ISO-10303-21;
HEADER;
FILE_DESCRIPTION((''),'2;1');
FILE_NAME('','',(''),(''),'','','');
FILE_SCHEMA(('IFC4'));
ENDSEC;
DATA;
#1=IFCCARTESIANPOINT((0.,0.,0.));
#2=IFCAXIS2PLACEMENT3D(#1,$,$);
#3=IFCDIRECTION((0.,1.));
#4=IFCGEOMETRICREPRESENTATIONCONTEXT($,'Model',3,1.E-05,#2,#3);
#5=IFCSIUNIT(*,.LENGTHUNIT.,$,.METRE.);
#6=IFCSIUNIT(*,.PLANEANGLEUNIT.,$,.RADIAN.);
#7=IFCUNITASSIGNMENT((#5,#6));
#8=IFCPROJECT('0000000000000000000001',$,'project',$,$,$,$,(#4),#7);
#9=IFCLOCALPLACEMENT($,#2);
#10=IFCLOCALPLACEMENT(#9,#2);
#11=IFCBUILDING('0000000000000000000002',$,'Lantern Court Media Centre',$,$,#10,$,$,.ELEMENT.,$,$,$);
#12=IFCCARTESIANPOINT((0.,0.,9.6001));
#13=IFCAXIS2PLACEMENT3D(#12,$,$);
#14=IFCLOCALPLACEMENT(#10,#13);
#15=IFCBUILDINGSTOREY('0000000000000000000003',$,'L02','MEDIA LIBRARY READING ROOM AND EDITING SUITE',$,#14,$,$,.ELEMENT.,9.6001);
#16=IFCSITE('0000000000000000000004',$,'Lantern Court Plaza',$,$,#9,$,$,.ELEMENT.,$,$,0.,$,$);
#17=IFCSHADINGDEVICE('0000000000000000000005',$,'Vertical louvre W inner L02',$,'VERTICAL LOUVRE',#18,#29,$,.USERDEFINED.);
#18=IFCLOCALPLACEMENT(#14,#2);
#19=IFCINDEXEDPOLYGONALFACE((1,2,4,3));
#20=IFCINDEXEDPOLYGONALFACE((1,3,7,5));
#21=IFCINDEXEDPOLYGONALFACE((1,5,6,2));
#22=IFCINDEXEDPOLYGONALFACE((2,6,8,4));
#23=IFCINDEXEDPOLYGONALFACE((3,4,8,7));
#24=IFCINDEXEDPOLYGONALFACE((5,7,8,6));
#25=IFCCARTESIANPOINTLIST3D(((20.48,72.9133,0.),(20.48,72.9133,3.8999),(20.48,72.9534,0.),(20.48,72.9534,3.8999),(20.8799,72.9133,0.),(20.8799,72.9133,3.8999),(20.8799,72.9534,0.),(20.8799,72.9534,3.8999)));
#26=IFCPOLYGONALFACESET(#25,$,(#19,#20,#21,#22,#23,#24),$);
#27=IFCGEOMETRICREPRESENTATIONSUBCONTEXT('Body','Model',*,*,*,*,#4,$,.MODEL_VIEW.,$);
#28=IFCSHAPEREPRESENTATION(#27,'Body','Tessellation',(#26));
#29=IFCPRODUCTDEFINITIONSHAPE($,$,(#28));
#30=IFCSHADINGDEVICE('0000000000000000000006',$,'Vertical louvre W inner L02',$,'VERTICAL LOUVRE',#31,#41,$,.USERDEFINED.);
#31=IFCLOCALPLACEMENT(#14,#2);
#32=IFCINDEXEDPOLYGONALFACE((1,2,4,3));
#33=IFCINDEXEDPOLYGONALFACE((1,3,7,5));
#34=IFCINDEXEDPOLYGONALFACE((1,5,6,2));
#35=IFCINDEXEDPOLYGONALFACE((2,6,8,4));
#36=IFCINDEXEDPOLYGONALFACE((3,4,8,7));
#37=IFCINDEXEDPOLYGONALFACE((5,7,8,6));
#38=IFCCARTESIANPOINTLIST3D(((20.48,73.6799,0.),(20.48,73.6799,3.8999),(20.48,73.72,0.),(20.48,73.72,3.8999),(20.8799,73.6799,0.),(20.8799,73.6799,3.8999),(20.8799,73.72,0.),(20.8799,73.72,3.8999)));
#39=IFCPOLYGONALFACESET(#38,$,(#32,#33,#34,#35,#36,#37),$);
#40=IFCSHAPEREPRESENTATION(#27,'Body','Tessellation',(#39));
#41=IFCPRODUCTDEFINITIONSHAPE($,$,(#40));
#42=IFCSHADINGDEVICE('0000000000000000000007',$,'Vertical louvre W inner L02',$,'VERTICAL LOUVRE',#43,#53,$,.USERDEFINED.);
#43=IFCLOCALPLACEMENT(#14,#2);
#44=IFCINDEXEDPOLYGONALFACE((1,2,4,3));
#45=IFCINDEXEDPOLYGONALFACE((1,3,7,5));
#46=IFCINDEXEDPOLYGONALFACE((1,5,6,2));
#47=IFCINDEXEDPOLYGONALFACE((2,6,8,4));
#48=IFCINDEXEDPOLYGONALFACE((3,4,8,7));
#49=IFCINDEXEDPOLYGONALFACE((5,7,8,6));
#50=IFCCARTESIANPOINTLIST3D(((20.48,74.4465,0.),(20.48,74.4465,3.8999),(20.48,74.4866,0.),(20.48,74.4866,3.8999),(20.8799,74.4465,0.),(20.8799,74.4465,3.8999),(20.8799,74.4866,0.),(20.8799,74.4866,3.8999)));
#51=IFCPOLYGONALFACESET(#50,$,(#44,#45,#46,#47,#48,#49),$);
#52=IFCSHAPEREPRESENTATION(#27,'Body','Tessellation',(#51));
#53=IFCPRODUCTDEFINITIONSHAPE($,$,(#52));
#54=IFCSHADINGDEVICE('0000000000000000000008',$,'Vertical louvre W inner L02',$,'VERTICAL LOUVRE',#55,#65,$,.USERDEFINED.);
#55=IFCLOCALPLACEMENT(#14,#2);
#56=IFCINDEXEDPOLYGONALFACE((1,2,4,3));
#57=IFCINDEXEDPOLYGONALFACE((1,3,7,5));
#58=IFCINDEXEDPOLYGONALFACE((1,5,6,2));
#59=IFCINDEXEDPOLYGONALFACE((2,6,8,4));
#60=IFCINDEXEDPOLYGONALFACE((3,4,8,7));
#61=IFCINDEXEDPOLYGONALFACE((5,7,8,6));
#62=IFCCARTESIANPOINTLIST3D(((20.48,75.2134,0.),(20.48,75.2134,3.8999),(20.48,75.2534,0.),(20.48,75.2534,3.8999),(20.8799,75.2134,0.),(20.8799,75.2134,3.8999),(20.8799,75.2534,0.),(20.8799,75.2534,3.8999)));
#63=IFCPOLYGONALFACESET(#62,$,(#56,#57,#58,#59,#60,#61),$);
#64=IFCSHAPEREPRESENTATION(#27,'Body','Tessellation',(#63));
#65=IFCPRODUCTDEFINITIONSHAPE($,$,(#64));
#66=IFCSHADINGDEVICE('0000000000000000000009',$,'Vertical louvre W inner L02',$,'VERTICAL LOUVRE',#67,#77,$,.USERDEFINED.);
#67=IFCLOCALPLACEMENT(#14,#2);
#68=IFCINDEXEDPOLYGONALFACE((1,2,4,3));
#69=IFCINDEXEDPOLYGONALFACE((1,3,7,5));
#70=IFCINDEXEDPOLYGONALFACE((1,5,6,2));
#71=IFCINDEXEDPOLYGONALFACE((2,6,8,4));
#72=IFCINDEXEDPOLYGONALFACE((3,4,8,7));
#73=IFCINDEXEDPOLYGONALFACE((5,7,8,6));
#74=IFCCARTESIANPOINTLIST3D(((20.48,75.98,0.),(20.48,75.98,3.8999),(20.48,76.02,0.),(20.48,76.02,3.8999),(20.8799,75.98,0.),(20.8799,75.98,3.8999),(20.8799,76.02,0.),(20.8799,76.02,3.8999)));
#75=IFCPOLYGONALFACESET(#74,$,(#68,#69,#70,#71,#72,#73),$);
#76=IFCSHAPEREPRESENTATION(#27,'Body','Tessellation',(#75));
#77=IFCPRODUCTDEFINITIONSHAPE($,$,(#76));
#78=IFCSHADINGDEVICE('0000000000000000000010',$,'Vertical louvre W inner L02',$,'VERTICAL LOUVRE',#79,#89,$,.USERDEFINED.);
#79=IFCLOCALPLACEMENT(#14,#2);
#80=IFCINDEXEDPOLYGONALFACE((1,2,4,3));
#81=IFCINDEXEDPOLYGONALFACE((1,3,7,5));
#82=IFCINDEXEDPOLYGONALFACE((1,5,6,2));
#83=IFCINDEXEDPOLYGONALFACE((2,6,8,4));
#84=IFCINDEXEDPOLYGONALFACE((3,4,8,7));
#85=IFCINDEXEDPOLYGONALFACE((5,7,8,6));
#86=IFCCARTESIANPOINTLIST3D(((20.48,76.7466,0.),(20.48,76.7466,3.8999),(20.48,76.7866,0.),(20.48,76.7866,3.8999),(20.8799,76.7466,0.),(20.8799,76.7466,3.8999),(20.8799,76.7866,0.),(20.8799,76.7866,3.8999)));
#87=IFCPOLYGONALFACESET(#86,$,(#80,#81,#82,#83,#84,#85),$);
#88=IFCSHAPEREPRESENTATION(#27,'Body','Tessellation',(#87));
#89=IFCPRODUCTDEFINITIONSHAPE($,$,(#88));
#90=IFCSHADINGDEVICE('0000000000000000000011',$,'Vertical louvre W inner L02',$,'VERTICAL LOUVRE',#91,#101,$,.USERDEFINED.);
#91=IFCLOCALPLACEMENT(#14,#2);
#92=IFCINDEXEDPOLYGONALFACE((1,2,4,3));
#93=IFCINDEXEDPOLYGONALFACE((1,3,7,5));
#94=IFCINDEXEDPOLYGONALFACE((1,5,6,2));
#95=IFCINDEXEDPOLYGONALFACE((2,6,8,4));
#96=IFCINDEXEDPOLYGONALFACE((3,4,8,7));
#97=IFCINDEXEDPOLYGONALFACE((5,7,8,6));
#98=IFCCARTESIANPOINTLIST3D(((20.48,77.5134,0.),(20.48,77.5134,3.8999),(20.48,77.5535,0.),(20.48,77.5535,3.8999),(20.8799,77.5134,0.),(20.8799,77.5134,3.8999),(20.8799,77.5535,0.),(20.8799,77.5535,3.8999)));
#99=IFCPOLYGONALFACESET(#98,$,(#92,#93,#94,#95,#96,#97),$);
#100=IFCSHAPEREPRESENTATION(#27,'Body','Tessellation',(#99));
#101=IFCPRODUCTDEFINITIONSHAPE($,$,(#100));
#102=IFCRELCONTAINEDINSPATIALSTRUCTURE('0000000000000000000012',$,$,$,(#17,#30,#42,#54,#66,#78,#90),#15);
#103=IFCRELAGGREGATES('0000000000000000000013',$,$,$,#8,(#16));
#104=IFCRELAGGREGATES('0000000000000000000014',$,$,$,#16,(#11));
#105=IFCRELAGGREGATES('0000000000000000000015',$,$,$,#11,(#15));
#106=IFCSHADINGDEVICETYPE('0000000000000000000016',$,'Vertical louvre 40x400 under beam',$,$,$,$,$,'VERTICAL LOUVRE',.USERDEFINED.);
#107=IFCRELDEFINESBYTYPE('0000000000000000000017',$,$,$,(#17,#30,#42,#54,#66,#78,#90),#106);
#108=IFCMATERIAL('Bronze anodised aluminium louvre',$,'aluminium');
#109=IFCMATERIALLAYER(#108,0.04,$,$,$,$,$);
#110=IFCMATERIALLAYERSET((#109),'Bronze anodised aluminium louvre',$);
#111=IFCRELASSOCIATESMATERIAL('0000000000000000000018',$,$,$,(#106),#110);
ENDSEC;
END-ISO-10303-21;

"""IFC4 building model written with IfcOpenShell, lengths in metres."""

from ifc_helpers import new_model, si_unit, direction, frame, origin, origin_2d, place, context, subcontext, project, spatial, rectangle, extrude, material, layer, layer_set, type_object, element, save


model = new_model("IFC4")

# Units and contexts
model_context = context("Model", 3, precision=1e-05, world=origin(), true_north=direction((0.0, 1.0)))
body_context = subcontext(model_context, "Body", "Model", "MODEL_VIEW")
ifc_project = project(units=[si_unit("LENGTHUNIT", "METRE"), si_unit("PLANEANGLEUNIT", "RADIAN")], contexts=[model_context])

# Site, building, storey
site_placement = place(None, origin())
site = spatial("IfcSite", under=ifc_project, at=site_placement, Name="Lantern Court Plaza", CompositionType="ELEMENT", RefElevation=0.0)
building_placement = place(site_placement, origin())
building = spatial("IfcBuilding", under=site, at=building_placement, Name="Lantern Court Media Centre", CompositionType="ELEMENT")
storey_placement = place(building_placement, frame((0.0, 0.0, 9.6001)))
storey = spatial("IfcBuildingStorey", under=building, at=storey_placement, Name="L02", Description="MEDIA LIBRARY READING ROOM AND EDITING SUITE", CompositionType="ELEMENT", Elevation=9.6001)

# Shading devices
ifc_material_1 = material(Name="Bronze anodised aluminium louvre", Category="aluminium")
ifc_layer_1 = layer(ifc_material_1, 0.04)
ifc_layer_set_1 = layer_set([ifc_layer_1], Name="Bronze anodised aluminium louvre")
shading_device_type = type_object("IfcShadingDeviceType", Name="Vertical louvre 40x400 under beam", ElementType="VERTICAL LOUVRE", PredefinedType="USERDEFINED", material=ifc_layer_set_1)
for number, where, z_axis, x_axis, name in (
    (1, (20.6799, 72.9333, 0.0), (0.0, 0.0, 1.0), (1.0, 0.0, 0.0), "Vertical louvre W inner L02"),
    (2, (20.6799, 73.7, 0.0), (0.0, 0.0, 1.0), (1.0, 0.0, 0.0), "Vertical louvre W inner L02"),
    (3, (20.6799, 74.4666, 0.0), (0.0, 0.0, 1.0), (1.0, 0.0, 0.0), "Vertical louvre W inner L02"),
    (4, (20.6799, 75.2334, 0.0), (0.0, 0.0, 1.0), (1.0, 0.0, 0.0), "Vertical louvre W inner L02"),
    (5, (20.6799, 76.0, 0.0), (0.0, 0.0, 1.0), (1.0, 0.0, 0.0), "Vertical louvre W inner L02"),
    (6, (20.6799, 76.7666, 0.0), (0.0, 0.0, 1.0), (1.0, 0.0, 0.0), "Vertical louvre W inner L02"),
    (7, (20.6799, 77.5334, 0.0), (0.0, 0.0, 1.0), (1.0, 0.0, 0.0), "Vertical louvre W inner L02"),
):
    element("IfcShadingDevice", number, at=place(storey_placement, frame(where, z_axis=z_axis, x_axis=x_axis)), inside=storey, type_object=shading_device_type, Name=name, ObjectType="VERTICAL LOUVRE", PredefinedType="USERDEFINED", context=body_context, shape_type="SweptSolid", body=[
        extrude(rectangle(XDim=0.3999, YDim=0.04, at=origin_2d()), origin(), (0.0, 0.0, 1.0), 3.8999),
    ])

save(model, "model.ifc")
